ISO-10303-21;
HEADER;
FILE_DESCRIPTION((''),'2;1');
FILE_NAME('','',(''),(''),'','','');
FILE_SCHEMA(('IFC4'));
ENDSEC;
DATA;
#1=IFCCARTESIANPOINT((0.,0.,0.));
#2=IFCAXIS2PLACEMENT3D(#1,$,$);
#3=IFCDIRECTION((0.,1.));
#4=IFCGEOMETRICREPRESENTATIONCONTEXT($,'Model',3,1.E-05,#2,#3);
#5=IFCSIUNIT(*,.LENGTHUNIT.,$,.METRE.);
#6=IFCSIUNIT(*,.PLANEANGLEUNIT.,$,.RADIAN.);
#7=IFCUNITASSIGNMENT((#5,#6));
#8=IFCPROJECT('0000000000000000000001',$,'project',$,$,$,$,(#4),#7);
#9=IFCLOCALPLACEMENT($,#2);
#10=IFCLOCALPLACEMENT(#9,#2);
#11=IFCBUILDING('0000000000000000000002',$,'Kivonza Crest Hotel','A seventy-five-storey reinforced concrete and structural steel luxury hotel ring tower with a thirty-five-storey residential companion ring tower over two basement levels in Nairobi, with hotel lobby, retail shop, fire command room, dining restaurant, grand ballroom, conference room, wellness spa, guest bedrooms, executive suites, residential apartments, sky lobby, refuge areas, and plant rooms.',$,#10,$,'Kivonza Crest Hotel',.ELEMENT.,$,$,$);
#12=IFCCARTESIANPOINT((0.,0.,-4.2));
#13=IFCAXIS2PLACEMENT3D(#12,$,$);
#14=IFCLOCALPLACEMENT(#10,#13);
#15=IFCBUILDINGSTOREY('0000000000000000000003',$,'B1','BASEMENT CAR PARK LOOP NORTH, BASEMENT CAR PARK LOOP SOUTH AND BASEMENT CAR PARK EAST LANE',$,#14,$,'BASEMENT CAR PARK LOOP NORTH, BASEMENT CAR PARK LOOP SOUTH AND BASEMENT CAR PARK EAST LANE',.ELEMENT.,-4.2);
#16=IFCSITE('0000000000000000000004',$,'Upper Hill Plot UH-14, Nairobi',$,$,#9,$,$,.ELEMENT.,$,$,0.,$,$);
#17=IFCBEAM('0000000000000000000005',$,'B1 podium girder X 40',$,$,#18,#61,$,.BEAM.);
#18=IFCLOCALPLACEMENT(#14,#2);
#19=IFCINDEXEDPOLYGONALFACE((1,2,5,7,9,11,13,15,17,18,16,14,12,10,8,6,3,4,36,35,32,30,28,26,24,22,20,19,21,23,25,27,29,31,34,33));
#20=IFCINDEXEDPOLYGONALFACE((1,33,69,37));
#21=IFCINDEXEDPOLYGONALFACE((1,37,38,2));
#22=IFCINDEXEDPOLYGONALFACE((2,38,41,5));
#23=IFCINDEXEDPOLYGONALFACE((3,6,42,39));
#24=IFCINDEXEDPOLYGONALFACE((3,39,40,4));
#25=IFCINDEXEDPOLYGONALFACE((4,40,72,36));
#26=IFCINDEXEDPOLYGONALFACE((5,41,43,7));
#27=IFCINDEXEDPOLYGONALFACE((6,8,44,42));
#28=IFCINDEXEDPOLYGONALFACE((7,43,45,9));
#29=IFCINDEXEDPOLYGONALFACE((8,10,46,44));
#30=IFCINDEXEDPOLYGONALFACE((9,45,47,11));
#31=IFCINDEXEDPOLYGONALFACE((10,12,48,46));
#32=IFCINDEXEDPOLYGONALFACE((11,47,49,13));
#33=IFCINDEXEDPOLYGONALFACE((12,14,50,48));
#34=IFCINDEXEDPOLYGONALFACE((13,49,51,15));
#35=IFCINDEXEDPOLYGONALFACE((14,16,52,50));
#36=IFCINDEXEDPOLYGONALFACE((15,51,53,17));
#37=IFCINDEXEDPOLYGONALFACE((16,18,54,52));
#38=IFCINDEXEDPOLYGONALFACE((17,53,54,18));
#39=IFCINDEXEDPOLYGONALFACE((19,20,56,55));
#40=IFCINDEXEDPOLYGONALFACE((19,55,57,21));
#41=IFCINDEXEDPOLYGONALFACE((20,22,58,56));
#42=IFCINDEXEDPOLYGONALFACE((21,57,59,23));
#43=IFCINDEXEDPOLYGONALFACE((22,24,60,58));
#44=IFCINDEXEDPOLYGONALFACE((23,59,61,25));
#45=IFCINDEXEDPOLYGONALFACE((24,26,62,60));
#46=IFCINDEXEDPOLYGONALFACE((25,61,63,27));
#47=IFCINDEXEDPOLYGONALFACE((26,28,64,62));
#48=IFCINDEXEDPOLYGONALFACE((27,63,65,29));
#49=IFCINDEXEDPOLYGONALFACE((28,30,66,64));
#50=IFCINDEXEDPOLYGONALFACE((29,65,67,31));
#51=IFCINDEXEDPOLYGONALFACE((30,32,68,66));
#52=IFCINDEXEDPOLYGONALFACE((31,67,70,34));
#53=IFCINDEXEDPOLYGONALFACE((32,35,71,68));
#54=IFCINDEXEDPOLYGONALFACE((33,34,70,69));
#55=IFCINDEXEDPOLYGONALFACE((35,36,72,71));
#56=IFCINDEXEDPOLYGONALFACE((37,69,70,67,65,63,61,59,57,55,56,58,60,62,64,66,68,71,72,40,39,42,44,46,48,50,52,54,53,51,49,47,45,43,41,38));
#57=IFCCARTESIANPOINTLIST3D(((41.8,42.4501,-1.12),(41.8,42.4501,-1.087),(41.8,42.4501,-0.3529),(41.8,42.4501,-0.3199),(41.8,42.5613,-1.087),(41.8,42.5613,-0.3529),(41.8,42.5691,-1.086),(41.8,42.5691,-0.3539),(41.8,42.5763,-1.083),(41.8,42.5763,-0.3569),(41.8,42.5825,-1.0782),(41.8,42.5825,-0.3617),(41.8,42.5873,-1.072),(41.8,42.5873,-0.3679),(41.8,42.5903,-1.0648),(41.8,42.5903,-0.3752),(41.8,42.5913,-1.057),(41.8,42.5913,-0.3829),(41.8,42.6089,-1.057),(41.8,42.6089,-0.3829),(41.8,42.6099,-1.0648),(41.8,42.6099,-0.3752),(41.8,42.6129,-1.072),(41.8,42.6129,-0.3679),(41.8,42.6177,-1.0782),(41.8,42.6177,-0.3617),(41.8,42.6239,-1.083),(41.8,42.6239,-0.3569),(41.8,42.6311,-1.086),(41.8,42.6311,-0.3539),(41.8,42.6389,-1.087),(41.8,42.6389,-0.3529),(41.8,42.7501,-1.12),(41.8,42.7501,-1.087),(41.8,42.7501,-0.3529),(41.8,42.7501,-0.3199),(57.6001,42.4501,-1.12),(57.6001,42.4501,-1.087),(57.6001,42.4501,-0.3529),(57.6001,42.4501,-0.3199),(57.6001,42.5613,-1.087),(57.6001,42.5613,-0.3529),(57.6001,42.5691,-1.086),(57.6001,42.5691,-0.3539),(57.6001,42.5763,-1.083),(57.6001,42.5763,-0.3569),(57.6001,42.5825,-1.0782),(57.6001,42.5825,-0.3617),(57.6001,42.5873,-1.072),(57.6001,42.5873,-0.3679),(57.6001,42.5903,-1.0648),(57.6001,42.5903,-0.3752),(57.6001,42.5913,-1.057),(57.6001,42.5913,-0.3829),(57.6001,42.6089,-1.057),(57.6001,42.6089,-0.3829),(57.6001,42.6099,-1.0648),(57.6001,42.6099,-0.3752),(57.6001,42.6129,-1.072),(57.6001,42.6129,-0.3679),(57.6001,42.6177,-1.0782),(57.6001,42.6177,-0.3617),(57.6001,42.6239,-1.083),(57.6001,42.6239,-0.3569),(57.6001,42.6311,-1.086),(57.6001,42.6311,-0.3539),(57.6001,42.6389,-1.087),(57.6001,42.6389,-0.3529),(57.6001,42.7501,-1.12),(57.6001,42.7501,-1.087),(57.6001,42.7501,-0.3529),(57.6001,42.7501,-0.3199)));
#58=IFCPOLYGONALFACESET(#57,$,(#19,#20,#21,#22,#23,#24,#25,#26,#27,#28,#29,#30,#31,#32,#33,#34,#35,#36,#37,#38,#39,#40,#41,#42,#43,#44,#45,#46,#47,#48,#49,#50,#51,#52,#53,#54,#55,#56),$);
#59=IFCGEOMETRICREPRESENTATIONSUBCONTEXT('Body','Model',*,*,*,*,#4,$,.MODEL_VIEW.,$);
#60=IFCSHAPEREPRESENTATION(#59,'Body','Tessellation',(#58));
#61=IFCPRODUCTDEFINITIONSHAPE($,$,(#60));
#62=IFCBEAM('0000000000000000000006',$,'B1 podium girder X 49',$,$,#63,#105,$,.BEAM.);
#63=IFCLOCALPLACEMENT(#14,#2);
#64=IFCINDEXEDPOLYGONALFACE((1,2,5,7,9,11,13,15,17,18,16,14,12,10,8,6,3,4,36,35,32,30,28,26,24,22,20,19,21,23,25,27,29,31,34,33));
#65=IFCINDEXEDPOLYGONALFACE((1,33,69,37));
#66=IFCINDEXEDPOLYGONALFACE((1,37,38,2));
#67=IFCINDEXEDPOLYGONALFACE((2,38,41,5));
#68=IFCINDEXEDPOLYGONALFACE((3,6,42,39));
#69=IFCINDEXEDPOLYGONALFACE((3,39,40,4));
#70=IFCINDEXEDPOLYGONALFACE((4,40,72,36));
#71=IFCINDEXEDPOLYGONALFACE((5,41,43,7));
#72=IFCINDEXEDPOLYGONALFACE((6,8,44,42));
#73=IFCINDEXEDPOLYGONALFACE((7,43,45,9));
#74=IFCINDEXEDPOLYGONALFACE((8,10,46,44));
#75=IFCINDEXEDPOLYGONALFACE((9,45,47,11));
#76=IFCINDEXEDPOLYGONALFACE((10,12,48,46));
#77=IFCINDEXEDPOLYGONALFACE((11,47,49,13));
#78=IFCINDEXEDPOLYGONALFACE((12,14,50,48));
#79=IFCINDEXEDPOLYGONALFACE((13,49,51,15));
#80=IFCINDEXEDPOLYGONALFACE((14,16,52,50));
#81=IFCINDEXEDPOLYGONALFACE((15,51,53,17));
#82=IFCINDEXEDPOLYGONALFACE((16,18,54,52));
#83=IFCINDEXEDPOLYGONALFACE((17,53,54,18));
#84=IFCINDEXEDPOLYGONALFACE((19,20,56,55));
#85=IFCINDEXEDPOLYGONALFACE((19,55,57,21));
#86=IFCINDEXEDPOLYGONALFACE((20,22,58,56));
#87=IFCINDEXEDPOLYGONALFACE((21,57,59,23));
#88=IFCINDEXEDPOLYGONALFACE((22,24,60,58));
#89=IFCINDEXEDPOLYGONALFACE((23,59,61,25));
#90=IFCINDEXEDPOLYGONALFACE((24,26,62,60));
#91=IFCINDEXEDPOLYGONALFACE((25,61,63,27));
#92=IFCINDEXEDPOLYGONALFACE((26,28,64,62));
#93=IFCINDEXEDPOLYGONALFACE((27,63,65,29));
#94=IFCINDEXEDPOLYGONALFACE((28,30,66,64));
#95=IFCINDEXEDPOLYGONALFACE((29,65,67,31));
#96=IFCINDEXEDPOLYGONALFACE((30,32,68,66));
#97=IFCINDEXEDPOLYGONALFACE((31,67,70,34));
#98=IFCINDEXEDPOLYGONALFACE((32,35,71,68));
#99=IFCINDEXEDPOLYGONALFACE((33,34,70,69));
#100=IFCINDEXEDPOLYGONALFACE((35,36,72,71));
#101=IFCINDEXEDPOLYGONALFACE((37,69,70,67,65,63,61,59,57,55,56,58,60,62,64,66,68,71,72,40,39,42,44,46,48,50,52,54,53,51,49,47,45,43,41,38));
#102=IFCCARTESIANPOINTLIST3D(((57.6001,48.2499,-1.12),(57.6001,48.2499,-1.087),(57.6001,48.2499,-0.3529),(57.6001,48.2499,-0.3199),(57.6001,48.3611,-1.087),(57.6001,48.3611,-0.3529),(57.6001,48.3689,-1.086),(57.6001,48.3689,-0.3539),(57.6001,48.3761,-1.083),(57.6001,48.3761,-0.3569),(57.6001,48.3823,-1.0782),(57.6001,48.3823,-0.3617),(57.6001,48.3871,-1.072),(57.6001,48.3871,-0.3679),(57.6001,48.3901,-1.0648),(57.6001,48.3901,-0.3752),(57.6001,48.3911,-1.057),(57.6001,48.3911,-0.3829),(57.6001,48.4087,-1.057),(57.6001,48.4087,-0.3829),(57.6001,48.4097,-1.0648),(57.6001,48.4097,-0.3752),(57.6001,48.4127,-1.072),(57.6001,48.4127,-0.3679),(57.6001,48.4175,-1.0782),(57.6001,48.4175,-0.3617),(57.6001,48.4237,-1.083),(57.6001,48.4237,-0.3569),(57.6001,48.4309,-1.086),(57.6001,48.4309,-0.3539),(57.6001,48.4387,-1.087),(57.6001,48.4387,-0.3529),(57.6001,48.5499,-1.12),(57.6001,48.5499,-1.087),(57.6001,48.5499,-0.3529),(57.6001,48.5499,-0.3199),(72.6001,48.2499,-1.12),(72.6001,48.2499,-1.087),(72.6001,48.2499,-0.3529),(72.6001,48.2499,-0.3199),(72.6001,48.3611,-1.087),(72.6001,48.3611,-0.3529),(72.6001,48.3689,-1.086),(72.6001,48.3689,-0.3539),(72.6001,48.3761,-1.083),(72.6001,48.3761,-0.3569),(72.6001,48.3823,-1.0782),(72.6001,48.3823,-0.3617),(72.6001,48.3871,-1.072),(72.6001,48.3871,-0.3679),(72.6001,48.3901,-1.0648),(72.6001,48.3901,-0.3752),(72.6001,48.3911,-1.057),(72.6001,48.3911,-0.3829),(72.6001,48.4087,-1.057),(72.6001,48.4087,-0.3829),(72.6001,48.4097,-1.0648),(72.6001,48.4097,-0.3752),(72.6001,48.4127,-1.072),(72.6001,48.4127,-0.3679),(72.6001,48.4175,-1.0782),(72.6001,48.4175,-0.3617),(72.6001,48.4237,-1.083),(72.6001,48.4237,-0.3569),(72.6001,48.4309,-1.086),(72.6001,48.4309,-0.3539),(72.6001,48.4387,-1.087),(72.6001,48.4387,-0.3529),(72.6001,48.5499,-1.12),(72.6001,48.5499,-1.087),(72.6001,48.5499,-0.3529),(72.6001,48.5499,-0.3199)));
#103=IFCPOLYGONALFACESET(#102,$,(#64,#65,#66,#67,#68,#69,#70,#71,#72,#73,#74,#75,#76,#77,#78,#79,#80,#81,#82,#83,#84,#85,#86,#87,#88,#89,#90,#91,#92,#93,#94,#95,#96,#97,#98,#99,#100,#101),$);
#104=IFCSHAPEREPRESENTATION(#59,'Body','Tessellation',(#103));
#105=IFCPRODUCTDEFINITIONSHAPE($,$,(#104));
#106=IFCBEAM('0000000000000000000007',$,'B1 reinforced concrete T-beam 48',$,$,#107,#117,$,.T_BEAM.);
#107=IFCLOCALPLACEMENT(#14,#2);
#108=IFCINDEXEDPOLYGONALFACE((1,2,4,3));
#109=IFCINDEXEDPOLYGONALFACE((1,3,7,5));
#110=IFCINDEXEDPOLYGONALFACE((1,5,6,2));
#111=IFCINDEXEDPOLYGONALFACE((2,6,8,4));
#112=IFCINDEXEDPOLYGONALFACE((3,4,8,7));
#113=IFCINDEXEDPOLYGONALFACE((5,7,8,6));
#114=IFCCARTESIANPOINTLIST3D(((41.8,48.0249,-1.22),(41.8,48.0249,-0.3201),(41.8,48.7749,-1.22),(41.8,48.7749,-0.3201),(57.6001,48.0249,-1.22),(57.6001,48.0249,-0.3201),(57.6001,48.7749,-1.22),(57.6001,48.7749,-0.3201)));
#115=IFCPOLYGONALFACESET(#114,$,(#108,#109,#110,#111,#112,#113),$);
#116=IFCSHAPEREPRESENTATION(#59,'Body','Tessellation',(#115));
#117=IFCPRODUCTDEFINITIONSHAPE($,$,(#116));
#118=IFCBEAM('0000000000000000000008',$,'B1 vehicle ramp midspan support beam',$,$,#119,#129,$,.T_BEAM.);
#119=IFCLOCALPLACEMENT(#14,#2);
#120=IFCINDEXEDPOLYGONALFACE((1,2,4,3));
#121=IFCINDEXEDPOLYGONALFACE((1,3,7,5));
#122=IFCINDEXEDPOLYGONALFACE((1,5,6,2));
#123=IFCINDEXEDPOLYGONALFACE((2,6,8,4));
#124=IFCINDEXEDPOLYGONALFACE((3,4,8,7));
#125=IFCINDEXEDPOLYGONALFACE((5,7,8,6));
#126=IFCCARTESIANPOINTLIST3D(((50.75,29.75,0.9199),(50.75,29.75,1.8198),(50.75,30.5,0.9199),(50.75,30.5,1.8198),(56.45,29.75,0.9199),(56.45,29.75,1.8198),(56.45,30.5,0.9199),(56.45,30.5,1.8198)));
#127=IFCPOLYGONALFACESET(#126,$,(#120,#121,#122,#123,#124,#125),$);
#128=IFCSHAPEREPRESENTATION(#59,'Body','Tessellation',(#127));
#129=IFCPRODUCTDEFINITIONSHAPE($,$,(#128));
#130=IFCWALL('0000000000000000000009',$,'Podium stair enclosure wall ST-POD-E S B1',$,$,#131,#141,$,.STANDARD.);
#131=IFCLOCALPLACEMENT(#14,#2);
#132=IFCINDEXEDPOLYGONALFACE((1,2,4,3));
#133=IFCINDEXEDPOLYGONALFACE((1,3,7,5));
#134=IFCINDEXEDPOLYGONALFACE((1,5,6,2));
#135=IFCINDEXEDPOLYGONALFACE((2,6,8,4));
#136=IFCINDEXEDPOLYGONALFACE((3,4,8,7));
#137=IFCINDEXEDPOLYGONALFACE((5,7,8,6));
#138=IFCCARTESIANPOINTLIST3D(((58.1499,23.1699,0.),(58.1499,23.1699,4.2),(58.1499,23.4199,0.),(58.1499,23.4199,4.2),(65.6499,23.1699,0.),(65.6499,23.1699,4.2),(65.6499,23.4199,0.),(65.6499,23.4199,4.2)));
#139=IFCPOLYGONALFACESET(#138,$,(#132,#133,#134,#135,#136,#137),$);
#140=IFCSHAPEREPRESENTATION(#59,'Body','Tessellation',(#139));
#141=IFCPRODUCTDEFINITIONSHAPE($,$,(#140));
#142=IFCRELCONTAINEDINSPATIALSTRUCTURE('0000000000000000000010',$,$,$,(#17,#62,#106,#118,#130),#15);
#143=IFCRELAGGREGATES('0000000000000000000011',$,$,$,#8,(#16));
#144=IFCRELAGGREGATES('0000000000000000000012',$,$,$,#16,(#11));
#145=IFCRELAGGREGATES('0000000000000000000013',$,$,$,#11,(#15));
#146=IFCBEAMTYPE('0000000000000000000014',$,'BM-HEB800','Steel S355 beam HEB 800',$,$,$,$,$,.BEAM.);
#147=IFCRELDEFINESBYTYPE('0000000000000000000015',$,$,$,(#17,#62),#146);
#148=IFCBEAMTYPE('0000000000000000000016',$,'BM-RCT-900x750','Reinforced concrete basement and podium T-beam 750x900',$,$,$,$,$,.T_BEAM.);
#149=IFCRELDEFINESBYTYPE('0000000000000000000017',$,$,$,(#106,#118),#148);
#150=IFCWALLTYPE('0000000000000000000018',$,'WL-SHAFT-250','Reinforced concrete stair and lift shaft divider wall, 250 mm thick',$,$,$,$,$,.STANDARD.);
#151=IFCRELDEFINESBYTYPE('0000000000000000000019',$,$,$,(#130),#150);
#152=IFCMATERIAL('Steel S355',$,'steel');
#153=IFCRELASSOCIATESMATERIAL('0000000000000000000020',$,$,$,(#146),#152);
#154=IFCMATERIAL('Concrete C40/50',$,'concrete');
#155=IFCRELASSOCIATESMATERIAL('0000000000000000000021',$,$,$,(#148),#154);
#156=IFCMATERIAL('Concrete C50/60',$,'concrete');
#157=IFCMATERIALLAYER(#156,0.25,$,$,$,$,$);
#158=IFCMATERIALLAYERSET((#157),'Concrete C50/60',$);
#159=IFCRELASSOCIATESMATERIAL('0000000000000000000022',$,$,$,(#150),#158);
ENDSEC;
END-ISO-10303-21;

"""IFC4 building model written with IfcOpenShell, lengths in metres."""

from ifc_helpers import new_model, si_unit, direction, frame, frame_2d, origin, origin_2d, place, context, subcontext, project, spatial, rectangle, i_section, extrude, material, layer, layer_set, material_profile, profile_set, type_object, element, save


model = new_model("IFC4")

# Units and contexts
model_context = context("Model", 3, precision=1e-05, world=origin(), true_north=direction((0.0, 1.0)))
body_context = subcontext(model_context, "Body", "Model", "MODEL_VIEW")
ifc_project = project(units=[si_unit("LENGTHUNIT", "METRE"), si_unit("PLANEANGLEUNIT", "RADIAN")], contexts=[model_context])

# Site, building, storey
site_placement = place(None, origin())
site = spatial("IfcSite", under=ifc_project, at=site_placement, Name="Upper Hill Plot UH-14, Nairobi", CompositionType="ELEMENT", RefElevation=0.0)
building_placement = place(site_placement, origin())
building = spatial("IfcBuilding", under=site, at=building_placement, Name="Kivonza Crest Hotel", Description="A seventy-five-storey reinforced concrete and structural steel luxury hotel ring tower with a thirty-five-storey residential companion ring tower over two basement levels in Nairobi, with hotel lobby, retail shop, fire command room, dining restaurant, grand ballroom, conference room, wellness spa, guest bedrooms, executive suites, residential apartments, sky lobby, refuge areas, and plant rooms.", LongName="Kivonza Crest Hotel", CompositionType="ELEMENT")
storey_placement = place(building_placement, frame((0.0, 0.0, -4.2)))
storey = spatial("IfcBuildingStorey", under=building, at=storey_placement, Name="B1", Description="BASEMENT CAR PARK LOOP NORTH, BASEMENT CAR PARK LOOP SOUTH AND BASEMENT CAR PARK EAST LANE", LongName="BASEMENT CAR PARK LOOP NORTH, BASEMENT CAR PARK LOOP SOUTH AND BASEMENT CAR PARK EAST LANE", CompositionType="ELEMENT", Elevation=-4.2)

# Beams
ifc_material_1 = material(Name="Steel S355", Category="steel")
ifc_material_profile_1 = material_profile(ifc_material_1, i_section(OverallWidth=0.3, OverallDepth=0.8, WebThickness=0.0176, FlangeThickness=0.033, FilletRadius=0.03, at=origin_2d()), Name="HEB 800")
ifc_profile_set_1 = profile_set([ifc_material_profile_1], Name="Steel S355")
beam_type_1 = type_object("IfcBeamType", Name="BM-HEB800", Description="Steel S355 beam HEB 800", PredefinedType="BEAM", material=ifc_profile_set_1)
beam_1_placement = place(storey_placement, frame((41.8, 42.6001, -0.72), z_axis=(1.0, 0.0, 0.0), x_axis=(0.0, 1.0, 0.0)))
element("IfcBeam", 1, at=beam_1_placement, inside=storey, type_object=beam_type_1, Name="B1 podium girder X 40", PredefinedType="BEAM", context=body_context, shape_type="SweptSolid", body=[
    extrude(i_section(OverallWidth=0.3, OverallDepth=0.8, WebThickness=0.0176, FlangeThickness=0.033, FilletRadius=0.03, at=origin_2d()), origin(), (0.0, 0.0, 1.0), 15.8),
])
beam_2_placement = place(storey_placement, frame((57.6001, 48.3999, -0.72), z_axis=(1.0, 0.0, 0.0), x_axis=(0.0, 1.0, 0.0)))
element("IfcBeam", 2, at=beam_2_placement, inside=storey, type_object=beam_type_1, Name="B1 podium girder X 49", PredefinedType="BEAM", context=body_context, shape_type="SweptSolid", body=[
    extrude(i_section(OverallWidth=0.3, OverallDepth=0.8, WebThickness=0.0176, FlangeThickness=0.033, FilletRadius=0.03, at=origin_2d()), origin(), (0.0, 0.0, 1.0), 15.0),
])
ifc_material_2 = material(Name="Concrete C40/50", Category="concrete")
ifc_material_profile_2 = material_profile(ifc_material_2, rectangle(XDim=0.75, YDim=0.8999, at=origin_2d()), Name="RC 900x750")
ifc_profile_set_2 = profile_set([ifc_material_profile_2], Name="Concrete C40/50")
beam_type_2 = type_object("IfcBeamType", Name="BM-RCT-900x750", Description="Reinforced concrete basement and podium T-beam 750x900", PredefinedType="T_BEAM", material=ifc_profile_set_2)
beam_3_placement = place(storey_placement, frame((41.8, 48.3999, -0.77), z_axis=(1.0, 0.0, 0.0), x_axis=(0.0, 1.0, 0.0)))
element("IfcBeam", 3, at=beam_3_placement, inside=storey, type_object=beam_type_2, Name="B1 reinforced concrete T-beam 48", PredefinedType="T_BEAM", context=body_context, shape_type="SweptSolid", body=[
    extrude(rectangle(XDim=0.75, YDim=0.8999, at=origin_2d()), origin(), (0.0, 0.0, 1.0), 15.8),
])
beam_4_placement = place(storey_placement, frame((50.75, 30.125, 1.3699), z_axis=(1.0, 0.0, 0.0), x_axis=(0.0, 1.0, 0.0)))
element("IfcBeam", 4, at=beam_4_placement, inside=storey, type_object=beam_type_2, Name="B1 vehicle ramp midspan support beam", PredefinedType="T_BEAM", context=body_context, shape_type="SweptSolid", body=[
    extrude(rectangle(XDim=0.75, YDim=0.8999, at=origin_2d()), origin(), (0.0, 0.0, 1.0), 5.7),
])

# Wall
ifc_material_3 = material(Name="Concrete C50/60", Category="concrete")
ifc_layer = layer(ifc_material_3, 0.25)
ifc_layer_set = layer_set([ifc_layer], Name="Concrete C50/60")
wall_type = type_object("IfcWallType", Name="WL-SHAFT-250", Description="Reinforced concrete stair and lift shaft divider wall, 250 mm thick", PredefinedType="STANDARD", material=ifc_layer_set)
wall_placement = place(storey_placement, frame((58.1499, 23.2949, 0.0), z_axis=(0.0, 0.0, 1.0), x_axis=(1.0, 0.0, 0.0)))
element("IfcWall", 5, at=wall_placement, inside=storey, type_object=wall_type, Name="Podium stair enclosure wall ST-POD-E S B1", PredefinedType="STANDARD", context=body_context, shape_type="SweptSolid", body=[
    extrude(rectangle(XDim=7.5, YDim=0.25, at=frame_2d((3.75, 0.0))), origin(), (0.0, 0.0, 1.0), 4.2),
])

save(model, "model.ifc")
